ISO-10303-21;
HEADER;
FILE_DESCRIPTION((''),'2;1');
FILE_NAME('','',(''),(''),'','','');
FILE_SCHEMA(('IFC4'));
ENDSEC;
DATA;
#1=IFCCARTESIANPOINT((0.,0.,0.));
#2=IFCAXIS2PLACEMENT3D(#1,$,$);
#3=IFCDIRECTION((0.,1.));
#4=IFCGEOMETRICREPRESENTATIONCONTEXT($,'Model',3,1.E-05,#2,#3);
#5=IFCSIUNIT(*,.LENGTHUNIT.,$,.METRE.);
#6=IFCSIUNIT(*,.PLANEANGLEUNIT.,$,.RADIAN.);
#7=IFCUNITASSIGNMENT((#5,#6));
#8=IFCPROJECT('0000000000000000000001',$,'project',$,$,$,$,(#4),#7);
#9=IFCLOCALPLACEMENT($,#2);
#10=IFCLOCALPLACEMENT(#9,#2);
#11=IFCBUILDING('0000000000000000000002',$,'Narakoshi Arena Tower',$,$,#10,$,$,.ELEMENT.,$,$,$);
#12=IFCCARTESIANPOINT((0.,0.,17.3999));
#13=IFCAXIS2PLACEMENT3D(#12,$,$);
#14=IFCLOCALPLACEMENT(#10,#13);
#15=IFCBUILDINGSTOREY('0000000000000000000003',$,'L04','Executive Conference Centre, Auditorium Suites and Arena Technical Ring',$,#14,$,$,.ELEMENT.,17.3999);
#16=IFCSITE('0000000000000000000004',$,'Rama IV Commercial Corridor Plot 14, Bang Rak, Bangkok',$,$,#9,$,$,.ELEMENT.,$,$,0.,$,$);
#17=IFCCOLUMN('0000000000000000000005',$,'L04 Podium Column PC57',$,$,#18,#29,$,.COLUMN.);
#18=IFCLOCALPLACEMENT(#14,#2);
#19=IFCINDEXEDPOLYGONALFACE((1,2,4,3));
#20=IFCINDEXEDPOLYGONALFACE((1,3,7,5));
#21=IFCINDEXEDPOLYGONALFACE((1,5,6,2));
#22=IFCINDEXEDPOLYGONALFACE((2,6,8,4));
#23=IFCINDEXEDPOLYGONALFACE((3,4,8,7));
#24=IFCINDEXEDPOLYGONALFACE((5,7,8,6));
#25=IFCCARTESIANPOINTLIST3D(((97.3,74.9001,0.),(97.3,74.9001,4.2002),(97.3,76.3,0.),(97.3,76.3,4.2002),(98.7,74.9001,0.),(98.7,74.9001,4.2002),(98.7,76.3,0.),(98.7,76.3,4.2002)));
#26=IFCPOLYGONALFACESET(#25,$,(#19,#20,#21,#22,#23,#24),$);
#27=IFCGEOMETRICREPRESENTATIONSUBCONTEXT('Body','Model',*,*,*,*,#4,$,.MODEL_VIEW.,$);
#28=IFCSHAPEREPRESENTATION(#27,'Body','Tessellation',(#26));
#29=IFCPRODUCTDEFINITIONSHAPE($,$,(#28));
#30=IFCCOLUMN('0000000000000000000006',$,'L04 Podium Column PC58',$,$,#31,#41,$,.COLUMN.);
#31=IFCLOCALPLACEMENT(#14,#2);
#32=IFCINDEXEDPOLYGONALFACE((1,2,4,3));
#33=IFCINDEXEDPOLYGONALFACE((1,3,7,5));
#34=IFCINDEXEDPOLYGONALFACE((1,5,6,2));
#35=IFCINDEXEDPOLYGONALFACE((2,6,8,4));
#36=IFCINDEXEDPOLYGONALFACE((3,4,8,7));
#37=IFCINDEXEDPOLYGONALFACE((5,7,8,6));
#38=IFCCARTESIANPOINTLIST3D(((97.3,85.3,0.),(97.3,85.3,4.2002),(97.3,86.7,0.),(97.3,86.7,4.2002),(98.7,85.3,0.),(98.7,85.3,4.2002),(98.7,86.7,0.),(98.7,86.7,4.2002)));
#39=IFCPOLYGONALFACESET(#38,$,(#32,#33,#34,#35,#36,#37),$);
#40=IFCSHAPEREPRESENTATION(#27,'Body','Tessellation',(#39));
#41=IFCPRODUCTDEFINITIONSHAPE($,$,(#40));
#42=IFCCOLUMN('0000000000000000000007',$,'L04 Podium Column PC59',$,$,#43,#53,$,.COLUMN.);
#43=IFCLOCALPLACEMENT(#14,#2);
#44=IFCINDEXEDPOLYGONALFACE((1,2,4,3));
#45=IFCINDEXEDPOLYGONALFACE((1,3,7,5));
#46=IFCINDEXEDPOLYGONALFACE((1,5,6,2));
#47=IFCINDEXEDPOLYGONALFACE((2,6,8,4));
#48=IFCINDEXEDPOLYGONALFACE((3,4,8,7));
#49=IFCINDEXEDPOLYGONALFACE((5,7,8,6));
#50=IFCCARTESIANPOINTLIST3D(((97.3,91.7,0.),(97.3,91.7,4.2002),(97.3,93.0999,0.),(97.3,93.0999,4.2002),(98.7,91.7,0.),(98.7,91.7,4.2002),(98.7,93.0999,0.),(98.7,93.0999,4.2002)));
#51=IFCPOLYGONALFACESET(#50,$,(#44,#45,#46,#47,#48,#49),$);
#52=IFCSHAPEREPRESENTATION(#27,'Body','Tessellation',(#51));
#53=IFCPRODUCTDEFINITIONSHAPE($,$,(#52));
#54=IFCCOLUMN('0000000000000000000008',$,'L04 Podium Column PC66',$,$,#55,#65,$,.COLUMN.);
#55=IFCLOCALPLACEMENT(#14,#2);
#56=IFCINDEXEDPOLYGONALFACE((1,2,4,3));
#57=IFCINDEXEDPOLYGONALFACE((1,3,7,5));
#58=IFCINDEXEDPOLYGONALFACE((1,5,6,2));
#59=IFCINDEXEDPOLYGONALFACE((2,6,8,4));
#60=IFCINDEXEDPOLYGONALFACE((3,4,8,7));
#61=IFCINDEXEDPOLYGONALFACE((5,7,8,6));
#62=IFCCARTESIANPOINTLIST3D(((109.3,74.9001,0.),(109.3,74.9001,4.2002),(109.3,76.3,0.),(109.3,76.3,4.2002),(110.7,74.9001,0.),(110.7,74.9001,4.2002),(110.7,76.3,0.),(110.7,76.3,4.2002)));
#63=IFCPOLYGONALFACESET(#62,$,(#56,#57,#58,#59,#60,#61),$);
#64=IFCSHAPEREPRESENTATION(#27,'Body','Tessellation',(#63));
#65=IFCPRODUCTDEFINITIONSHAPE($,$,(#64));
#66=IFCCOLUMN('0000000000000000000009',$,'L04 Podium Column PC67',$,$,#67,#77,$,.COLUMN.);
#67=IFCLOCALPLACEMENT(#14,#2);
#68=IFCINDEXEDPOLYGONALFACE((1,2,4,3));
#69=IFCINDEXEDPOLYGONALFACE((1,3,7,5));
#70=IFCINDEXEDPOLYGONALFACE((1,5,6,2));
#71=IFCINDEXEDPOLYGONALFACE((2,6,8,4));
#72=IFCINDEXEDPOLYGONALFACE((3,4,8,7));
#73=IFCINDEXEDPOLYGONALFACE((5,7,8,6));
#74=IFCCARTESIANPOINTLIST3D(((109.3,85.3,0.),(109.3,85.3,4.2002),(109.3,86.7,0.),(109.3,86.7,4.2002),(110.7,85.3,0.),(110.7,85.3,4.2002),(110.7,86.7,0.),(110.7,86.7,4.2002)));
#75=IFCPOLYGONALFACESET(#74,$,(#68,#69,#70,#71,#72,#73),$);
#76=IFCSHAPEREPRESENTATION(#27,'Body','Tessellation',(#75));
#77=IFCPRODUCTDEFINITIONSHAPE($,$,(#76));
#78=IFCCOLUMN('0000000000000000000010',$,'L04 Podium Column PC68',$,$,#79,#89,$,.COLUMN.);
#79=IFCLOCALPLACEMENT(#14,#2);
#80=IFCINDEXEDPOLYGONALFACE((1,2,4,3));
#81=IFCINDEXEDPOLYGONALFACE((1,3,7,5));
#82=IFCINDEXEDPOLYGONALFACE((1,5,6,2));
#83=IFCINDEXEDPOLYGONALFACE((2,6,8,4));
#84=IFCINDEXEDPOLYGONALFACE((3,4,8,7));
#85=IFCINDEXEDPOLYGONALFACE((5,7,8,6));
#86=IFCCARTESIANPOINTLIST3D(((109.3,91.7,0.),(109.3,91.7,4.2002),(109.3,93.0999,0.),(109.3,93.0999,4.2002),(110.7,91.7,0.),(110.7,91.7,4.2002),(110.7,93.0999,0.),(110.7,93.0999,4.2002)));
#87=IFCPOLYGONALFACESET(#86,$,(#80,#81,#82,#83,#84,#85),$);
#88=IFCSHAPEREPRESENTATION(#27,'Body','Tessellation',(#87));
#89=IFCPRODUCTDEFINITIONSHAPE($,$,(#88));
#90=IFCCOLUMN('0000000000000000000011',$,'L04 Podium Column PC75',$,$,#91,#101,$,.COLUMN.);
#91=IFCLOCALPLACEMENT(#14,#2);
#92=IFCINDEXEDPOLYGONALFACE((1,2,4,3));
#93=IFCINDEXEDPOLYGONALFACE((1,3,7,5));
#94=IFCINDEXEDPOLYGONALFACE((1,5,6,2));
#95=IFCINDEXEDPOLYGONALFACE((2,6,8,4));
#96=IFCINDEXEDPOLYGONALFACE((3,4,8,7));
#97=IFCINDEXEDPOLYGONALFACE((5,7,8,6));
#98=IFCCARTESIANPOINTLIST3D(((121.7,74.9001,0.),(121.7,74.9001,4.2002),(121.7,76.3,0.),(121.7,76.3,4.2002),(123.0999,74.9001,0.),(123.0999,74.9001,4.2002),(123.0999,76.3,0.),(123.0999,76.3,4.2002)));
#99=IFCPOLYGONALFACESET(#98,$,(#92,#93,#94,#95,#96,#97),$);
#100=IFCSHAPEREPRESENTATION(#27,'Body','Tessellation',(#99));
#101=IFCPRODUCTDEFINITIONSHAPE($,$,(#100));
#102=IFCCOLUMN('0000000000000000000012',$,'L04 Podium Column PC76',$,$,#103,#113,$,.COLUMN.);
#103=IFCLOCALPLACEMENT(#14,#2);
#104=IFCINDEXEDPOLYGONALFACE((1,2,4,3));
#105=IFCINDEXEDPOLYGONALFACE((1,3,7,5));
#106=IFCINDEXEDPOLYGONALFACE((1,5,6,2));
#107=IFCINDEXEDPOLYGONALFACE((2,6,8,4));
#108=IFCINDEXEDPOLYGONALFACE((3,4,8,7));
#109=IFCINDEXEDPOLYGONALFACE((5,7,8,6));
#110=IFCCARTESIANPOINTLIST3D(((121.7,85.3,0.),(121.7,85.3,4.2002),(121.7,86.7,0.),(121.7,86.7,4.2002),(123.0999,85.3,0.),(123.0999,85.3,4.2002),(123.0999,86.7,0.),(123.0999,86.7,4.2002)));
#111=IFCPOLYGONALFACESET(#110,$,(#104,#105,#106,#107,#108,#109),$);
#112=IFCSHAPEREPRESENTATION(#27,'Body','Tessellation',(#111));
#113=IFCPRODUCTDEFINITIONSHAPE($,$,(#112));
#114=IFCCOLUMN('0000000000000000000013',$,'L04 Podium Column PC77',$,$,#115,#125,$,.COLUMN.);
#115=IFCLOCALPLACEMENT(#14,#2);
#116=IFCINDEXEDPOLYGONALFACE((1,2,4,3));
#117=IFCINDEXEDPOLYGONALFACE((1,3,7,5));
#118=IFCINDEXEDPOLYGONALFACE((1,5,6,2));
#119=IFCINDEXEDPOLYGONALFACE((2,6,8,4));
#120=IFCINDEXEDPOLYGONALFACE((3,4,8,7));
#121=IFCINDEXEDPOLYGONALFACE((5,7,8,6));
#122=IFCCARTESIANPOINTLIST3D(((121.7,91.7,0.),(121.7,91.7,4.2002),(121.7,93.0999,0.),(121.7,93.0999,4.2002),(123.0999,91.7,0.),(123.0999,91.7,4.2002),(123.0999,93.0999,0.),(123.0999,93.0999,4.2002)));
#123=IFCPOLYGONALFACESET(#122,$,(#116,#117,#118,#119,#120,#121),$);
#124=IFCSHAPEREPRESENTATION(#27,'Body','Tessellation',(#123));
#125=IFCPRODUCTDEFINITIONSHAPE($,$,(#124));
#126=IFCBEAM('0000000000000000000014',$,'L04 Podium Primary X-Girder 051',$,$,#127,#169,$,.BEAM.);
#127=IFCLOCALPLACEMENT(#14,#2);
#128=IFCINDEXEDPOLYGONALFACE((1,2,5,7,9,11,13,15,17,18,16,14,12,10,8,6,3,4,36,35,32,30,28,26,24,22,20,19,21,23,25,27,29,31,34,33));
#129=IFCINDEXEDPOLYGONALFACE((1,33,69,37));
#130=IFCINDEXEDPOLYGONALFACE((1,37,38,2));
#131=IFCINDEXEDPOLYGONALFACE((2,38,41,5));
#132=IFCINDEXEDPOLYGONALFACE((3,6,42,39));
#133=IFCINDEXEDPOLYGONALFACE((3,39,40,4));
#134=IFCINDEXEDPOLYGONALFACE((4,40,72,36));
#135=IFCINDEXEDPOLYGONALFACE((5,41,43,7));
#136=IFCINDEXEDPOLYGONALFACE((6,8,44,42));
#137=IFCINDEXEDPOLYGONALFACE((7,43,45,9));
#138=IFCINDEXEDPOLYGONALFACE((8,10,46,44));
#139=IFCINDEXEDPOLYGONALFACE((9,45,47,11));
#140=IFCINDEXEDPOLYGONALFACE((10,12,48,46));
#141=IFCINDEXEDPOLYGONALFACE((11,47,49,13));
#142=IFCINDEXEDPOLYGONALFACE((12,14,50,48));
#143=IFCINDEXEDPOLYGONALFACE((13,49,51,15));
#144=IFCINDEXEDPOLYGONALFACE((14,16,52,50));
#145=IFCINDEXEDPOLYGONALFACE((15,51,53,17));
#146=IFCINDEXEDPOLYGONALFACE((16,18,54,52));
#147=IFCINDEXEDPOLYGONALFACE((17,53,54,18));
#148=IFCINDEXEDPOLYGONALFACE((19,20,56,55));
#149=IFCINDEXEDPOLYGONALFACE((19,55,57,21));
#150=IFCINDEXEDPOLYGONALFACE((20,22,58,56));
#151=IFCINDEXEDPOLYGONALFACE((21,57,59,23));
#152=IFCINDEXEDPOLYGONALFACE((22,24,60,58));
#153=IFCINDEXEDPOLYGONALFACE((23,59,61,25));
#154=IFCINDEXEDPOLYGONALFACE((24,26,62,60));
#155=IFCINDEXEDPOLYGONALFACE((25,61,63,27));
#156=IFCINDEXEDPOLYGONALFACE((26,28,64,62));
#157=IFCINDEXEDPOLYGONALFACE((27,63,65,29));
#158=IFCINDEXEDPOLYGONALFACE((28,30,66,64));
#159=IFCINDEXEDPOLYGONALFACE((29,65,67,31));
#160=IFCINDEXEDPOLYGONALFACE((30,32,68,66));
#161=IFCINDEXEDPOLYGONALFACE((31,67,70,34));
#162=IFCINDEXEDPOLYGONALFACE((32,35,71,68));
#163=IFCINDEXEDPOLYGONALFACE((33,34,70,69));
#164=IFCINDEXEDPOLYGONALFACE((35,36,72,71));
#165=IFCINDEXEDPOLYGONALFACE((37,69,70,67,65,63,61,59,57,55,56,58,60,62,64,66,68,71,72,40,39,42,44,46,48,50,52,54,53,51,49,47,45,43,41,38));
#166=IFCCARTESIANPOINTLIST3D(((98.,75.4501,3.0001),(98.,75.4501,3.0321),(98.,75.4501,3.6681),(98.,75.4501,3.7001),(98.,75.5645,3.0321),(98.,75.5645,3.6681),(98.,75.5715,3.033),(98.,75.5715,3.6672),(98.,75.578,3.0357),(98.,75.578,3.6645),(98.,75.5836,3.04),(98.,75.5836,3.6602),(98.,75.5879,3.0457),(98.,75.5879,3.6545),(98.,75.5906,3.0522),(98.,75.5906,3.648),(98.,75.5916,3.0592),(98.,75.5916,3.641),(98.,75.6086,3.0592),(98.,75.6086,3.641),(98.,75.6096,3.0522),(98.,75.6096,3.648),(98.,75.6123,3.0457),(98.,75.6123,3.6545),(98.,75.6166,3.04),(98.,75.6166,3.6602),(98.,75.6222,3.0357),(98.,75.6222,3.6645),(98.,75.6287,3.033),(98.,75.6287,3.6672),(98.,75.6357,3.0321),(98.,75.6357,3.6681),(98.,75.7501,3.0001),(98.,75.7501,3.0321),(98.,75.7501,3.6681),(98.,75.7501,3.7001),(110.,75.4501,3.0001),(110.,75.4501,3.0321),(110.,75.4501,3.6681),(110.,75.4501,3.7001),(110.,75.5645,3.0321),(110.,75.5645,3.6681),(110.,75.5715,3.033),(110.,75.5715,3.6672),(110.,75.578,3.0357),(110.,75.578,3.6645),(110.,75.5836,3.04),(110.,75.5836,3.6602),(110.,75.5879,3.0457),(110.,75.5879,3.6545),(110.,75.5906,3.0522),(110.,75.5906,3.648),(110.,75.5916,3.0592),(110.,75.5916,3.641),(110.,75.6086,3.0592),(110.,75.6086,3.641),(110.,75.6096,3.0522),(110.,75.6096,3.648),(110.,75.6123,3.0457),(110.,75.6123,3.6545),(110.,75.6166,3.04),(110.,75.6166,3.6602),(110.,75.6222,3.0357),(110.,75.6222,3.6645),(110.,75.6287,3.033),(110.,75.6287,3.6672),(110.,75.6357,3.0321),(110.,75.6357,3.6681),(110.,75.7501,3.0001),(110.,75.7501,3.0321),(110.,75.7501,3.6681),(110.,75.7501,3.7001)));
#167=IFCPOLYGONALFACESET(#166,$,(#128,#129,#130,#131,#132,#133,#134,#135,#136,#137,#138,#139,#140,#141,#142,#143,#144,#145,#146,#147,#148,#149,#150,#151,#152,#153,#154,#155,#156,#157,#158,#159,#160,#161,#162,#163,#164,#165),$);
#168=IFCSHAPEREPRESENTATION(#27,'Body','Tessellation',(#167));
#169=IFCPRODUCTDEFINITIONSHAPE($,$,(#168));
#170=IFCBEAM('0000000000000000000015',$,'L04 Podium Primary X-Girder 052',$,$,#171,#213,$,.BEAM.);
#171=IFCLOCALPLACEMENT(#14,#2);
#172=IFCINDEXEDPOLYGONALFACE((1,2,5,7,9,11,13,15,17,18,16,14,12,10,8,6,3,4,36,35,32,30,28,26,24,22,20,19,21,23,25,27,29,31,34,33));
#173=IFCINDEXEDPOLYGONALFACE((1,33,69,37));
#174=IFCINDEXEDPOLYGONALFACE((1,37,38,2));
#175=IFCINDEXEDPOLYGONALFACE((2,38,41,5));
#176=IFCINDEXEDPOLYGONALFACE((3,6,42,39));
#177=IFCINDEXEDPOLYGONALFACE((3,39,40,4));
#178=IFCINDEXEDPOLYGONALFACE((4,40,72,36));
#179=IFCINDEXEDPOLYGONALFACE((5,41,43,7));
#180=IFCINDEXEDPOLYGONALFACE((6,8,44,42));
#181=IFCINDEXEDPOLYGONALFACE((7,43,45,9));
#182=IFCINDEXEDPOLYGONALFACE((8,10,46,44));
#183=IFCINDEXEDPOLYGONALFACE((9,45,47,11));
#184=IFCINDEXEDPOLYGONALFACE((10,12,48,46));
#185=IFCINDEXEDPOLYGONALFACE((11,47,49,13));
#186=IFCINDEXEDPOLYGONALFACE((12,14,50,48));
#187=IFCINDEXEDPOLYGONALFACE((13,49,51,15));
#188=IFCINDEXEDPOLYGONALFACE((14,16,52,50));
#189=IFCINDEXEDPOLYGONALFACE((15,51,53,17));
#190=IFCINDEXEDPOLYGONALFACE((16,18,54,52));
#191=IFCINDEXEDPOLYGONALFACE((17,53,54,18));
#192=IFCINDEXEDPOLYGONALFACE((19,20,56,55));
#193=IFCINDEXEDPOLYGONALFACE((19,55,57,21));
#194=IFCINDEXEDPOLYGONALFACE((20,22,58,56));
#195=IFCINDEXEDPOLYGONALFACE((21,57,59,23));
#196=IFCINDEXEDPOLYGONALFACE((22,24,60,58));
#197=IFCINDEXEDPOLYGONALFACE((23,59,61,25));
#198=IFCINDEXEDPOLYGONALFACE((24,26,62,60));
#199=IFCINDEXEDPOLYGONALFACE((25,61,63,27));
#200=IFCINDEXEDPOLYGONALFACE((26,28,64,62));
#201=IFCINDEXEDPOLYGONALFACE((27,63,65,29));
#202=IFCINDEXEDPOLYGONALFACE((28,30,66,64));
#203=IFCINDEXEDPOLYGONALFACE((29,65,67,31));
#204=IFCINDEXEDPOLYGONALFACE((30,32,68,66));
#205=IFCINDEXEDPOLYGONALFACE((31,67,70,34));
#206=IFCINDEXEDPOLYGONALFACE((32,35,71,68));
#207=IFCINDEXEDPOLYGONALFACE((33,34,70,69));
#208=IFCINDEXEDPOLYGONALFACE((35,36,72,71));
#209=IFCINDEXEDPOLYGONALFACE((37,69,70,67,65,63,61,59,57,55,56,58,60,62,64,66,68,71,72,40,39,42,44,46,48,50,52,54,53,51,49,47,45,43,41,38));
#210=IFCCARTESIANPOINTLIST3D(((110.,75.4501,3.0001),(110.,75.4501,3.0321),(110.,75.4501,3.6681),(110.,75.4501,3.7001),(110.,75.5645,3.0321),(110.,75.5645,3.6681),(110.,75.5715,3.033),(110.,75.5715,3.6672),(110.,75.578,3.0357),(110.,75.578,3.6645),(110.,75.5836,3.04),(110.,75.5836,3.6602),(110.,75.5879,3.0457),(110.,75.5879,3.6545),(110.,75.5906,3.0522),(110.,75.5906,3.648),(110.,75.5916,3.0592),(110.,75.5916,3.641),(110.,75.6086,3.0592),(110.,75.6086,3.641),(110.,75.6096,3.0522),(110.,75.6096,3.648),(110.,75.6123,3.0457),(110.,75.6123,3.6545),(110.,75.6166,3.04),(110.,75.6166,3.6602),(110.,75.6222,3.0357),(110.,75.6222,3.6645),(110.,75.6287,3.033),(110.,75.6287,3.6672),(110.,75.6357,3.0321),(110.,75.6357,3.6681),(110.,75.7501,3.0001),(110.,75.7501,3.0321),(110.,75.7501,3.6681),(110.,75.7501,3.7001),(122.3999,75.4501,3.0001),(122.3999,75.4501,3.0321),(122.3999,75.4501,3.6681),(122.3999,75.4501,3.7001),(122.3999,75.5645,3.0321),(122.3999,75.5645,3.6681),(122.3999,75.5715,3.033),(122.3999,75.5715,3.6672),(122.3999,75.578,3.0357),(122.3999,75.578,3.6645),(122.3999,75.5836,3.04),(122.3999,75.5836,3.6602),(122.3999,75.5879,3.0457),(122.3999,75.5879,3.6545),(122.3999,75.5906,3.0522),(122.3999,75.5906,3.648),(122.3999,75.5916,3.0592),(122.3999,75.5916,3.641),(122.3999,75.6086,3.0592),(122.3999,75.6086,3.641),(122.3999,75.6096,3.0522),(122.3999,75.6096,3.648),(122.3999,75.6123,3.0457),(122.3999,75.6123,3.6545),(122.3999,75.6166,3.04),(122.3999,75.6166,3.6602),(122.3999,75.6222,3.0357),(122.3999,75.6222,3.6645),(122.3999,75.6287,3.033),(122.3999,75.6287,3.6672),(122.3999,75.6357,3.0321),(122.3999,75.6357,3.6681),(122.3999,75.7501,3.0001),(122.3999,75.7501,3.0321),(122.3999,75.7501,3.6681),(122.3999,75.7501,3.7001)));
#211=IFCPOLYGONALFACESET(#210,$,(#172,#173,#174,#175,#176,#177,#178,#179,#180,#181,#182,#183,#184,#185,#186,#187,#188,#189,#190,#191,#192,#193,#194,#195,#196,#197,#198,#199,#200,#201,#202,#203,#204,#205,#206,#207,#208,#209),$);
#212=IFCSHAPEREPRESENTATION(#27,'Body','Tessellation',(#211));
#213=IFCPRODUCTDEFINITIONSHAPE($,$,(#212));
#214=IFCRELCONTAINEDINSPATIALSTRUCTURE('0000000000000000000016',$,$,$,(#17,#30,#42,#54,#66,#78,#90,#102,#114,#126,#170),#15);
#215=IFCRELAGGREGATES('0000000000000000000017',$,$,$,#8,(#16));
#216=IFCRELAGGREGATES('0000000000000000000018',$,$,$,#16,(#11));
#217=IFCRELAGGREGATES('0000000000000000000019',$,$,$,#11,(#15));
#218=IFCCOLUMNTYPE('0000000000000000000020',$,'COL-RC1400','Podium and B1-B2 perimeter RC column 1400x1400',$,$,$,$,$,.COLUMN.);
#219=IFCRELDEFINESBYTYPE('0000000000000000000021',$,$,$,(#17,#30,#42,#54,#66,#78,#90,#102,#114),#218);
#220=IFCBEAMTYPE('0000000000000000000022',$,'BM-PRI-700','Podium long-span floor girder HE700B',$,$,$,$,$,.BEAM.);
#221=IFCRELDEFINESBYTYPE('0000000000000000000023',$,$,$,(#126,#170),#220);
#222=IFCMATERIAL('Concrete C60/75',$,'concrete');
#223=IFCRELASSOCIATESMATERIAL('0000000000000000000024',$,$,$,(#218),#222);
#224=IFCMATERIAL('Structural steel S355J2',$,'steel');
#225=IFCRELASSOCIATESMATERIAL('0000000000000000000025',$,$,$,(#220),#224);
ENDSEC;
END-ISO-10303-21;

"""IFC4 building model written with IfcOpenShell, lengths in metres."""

from ifc_helpers import new_model, si_unit, direction, frame, origin, origin_2d, place, context, subcontext, project, spatial, rectangle, i_section, extrude, material, material_profile, profile_set, type_object, element, save


model = new_model("IFC4")

# Units and contexts
model_context = context("Model", 3, precision=1e-05, world=origin(), true_north=direction((0.0, 1.0)))
body_context = subcontext(model_context, "Body", "Model", "MODEL_VIEW")
ifc_project = project(units=[si_unit("LENGTHUNIT", "METRE"), si_unit("PLANEANGLEUNIT", "RADIAN")], contexts=[model_context])

# Site, building, storey
site_placement = place(None, origin())
site = spatial("IfcSite", under=ifc_project, at=site_placement, Name="Rama IV Commercial Corridor Plot 14, Bang Rak, Bangkok", CompositionType="ELEMENT", RefElevation=0.0)
building_placement = place(site_placement, origin())
building = spatial("IfcBuilding", under=site, at=building_placement, Name="Narakoshi Arena Tower", CompositionType="ELEMENT")
storey_placement = place(building_placement, frame((0.0, 0.0, 17.3999)))
storey = spatial("IfcBuildingStorey", under=building, at=storey_placement, Name="L04", Description="Executive Conference Centre, Auditorium Suites and Arena Technical Ring", CompositionType="ELEMENT", Elevation=17.3999)

# Columns
ifc_material_1 = material(Name="Concrete C60/75", Category="concrete")
ifc_material_profile_1 = material_profile(ifc_material_1, rectangle(XDim=1.3999, YDim=1.3999, at=origin_2d()), Name="RC1400x1400")
ifc_profile_set_1 = profile_set([ifc_material_profile_1], Name="Concrete C60/75")
column_type = type_object("IfcColumnType", Name="COL-RC1400", Description="Podium and B1-B2 perimeter RC column 1400x1400", PredefinedType="COLUMN", material=ifc_profile_set_1)
for number, where, z_axis, x_axis, name in (
    (1, (98.0, 75.6001, 0.0), (0.0, 0.0, 1.0), (1.0, 0.0, 0.0), "L04 Podium Column PC57"),
    (2, (98.0, 86.0, 0.0), (0.0, 0.0, 1.0), (1.0, 0.0, 0.0), "L04 Podium Column PC58"),
    (3, (98.0, 92.3999, 0.0), (0.0, 0.0, 1.0), (1.0, 0.0, 0.0), "L04 Podium Column PC59"),
    (4, (110.0, 75.6001, 0.0), (0.0, 0.0, 1.0), (1.0, 0.0, 0.0), "L04 Podium Column PC66"),
    (5, (110.0, 86.0, 0.0), (0.0, 0.0, 1.0), (1.0, 0.0, 0.0), "L04 Podium Column PC67"),
    (6, (110.0, 92.3999, 0.0), (0.0, 0.0, 1.0), (1.0, 0.0, 0.0), "L04 Podium Column PC68"),
    (7, (122.3999, 75.6001, 0.0), (0.0, 0.0, 1.0), (1.0, 0.0, 0.0), "L04 Podium Column PC75"),
    (8, (122.3999, 86.0, 0.0), (0.0, 0.0, 1.0), (1.0, 0.0, 0.0), "L04 Podium Column PC76"),
    (9, (122.3999, 92.3999, 0.0), (0.0, 0.0, 1.0), (1.0, 0.0, 0.0), "L04 Podium Column PC77"),
):
    element("IfcColumn", number, at=place(storey_placement, frame(where, z_axis=z_axis, x_axis=x_axis)), inside=storey, type_object=column_type, Name=name, PredefinedType="COLUMN", context=body_context, shape_type="SweptSolid", body=[
        extrude(rectangle(XDim=1.3999, YDim=1.3999, at=origin_2d()), origin(), (0.0, 0.0, 1.0), 4.2002),
    ])

# Beams
ifc_material_2 = material(Name="Structural steel S355J2", Category="steel")
ifc_material_profile_2 = material_profile(ifc_material_2, i_section(OverallWidth=0.3, OverallDepth=0.7, WebThickness=0.0171, FlangeThickness=0.032, FilletRadius=0.0271, at=origin_2d()), Name="HE700B")
ifc_profile_set_2 = profile_set([ifc_material_profile_2], Name="Structural steel S355J2")
beam_type_1 = type_object("IfcBeamType", Name="BM-PRI-700", Description="Podium long-span floor girder HE700B", PredefinedType="BEAM", material=ifc_profile_set_2)
beam_1_placement = place(storey_placement, frame((98.0, 75.6001, 3.3501), z_axis=(1.0, 0.0, 0.0), x_axis=(0.0, 1.0, 0.0)))
element("IfcBeam", 10, at=beam_1_placement, inside=storey, type_object=beam_type_1, Name="L04 Podium Primary X-Girder 051", PredefinedType="BEAM", context=body_context, shape_type="SweptSolid", body=[
    extrude(i_section(OverallWidth=0.3, OverallDepth=0.7, WebThickness=0.0171, FlangeThickness=0.032, FilletRadius=0.0271, at=origin_2d()), origin(), (0.0, 0.0, 1.0), 12.0),
])
beam_2_placement = place(storey_placement, frame((110.0, 75.6001, 3.3501), z_axis=(1.0, 0.0, 0.0), x_axis=(0.0, 1.0, 0.0)))
element("IfcBeam", 11, at=beam_2_placement, inside=storey, type_object=beam_type_1, Name="L04 Podium Primary X-Girder 052", PredefinedType="BEAM", context=body_context, shape_type="SweptSolid", body=[
    extrude(i_section(OverallWidth=0.3, OverallDepth=0.7, WebThickness=0.0171, FlangeThickness=0.032, FilletRadius=0.0271, at=origin_2d()), origin(), (0.0, 0.0, 1.0), 12.3999),
])

save(model, "model.ifc")
